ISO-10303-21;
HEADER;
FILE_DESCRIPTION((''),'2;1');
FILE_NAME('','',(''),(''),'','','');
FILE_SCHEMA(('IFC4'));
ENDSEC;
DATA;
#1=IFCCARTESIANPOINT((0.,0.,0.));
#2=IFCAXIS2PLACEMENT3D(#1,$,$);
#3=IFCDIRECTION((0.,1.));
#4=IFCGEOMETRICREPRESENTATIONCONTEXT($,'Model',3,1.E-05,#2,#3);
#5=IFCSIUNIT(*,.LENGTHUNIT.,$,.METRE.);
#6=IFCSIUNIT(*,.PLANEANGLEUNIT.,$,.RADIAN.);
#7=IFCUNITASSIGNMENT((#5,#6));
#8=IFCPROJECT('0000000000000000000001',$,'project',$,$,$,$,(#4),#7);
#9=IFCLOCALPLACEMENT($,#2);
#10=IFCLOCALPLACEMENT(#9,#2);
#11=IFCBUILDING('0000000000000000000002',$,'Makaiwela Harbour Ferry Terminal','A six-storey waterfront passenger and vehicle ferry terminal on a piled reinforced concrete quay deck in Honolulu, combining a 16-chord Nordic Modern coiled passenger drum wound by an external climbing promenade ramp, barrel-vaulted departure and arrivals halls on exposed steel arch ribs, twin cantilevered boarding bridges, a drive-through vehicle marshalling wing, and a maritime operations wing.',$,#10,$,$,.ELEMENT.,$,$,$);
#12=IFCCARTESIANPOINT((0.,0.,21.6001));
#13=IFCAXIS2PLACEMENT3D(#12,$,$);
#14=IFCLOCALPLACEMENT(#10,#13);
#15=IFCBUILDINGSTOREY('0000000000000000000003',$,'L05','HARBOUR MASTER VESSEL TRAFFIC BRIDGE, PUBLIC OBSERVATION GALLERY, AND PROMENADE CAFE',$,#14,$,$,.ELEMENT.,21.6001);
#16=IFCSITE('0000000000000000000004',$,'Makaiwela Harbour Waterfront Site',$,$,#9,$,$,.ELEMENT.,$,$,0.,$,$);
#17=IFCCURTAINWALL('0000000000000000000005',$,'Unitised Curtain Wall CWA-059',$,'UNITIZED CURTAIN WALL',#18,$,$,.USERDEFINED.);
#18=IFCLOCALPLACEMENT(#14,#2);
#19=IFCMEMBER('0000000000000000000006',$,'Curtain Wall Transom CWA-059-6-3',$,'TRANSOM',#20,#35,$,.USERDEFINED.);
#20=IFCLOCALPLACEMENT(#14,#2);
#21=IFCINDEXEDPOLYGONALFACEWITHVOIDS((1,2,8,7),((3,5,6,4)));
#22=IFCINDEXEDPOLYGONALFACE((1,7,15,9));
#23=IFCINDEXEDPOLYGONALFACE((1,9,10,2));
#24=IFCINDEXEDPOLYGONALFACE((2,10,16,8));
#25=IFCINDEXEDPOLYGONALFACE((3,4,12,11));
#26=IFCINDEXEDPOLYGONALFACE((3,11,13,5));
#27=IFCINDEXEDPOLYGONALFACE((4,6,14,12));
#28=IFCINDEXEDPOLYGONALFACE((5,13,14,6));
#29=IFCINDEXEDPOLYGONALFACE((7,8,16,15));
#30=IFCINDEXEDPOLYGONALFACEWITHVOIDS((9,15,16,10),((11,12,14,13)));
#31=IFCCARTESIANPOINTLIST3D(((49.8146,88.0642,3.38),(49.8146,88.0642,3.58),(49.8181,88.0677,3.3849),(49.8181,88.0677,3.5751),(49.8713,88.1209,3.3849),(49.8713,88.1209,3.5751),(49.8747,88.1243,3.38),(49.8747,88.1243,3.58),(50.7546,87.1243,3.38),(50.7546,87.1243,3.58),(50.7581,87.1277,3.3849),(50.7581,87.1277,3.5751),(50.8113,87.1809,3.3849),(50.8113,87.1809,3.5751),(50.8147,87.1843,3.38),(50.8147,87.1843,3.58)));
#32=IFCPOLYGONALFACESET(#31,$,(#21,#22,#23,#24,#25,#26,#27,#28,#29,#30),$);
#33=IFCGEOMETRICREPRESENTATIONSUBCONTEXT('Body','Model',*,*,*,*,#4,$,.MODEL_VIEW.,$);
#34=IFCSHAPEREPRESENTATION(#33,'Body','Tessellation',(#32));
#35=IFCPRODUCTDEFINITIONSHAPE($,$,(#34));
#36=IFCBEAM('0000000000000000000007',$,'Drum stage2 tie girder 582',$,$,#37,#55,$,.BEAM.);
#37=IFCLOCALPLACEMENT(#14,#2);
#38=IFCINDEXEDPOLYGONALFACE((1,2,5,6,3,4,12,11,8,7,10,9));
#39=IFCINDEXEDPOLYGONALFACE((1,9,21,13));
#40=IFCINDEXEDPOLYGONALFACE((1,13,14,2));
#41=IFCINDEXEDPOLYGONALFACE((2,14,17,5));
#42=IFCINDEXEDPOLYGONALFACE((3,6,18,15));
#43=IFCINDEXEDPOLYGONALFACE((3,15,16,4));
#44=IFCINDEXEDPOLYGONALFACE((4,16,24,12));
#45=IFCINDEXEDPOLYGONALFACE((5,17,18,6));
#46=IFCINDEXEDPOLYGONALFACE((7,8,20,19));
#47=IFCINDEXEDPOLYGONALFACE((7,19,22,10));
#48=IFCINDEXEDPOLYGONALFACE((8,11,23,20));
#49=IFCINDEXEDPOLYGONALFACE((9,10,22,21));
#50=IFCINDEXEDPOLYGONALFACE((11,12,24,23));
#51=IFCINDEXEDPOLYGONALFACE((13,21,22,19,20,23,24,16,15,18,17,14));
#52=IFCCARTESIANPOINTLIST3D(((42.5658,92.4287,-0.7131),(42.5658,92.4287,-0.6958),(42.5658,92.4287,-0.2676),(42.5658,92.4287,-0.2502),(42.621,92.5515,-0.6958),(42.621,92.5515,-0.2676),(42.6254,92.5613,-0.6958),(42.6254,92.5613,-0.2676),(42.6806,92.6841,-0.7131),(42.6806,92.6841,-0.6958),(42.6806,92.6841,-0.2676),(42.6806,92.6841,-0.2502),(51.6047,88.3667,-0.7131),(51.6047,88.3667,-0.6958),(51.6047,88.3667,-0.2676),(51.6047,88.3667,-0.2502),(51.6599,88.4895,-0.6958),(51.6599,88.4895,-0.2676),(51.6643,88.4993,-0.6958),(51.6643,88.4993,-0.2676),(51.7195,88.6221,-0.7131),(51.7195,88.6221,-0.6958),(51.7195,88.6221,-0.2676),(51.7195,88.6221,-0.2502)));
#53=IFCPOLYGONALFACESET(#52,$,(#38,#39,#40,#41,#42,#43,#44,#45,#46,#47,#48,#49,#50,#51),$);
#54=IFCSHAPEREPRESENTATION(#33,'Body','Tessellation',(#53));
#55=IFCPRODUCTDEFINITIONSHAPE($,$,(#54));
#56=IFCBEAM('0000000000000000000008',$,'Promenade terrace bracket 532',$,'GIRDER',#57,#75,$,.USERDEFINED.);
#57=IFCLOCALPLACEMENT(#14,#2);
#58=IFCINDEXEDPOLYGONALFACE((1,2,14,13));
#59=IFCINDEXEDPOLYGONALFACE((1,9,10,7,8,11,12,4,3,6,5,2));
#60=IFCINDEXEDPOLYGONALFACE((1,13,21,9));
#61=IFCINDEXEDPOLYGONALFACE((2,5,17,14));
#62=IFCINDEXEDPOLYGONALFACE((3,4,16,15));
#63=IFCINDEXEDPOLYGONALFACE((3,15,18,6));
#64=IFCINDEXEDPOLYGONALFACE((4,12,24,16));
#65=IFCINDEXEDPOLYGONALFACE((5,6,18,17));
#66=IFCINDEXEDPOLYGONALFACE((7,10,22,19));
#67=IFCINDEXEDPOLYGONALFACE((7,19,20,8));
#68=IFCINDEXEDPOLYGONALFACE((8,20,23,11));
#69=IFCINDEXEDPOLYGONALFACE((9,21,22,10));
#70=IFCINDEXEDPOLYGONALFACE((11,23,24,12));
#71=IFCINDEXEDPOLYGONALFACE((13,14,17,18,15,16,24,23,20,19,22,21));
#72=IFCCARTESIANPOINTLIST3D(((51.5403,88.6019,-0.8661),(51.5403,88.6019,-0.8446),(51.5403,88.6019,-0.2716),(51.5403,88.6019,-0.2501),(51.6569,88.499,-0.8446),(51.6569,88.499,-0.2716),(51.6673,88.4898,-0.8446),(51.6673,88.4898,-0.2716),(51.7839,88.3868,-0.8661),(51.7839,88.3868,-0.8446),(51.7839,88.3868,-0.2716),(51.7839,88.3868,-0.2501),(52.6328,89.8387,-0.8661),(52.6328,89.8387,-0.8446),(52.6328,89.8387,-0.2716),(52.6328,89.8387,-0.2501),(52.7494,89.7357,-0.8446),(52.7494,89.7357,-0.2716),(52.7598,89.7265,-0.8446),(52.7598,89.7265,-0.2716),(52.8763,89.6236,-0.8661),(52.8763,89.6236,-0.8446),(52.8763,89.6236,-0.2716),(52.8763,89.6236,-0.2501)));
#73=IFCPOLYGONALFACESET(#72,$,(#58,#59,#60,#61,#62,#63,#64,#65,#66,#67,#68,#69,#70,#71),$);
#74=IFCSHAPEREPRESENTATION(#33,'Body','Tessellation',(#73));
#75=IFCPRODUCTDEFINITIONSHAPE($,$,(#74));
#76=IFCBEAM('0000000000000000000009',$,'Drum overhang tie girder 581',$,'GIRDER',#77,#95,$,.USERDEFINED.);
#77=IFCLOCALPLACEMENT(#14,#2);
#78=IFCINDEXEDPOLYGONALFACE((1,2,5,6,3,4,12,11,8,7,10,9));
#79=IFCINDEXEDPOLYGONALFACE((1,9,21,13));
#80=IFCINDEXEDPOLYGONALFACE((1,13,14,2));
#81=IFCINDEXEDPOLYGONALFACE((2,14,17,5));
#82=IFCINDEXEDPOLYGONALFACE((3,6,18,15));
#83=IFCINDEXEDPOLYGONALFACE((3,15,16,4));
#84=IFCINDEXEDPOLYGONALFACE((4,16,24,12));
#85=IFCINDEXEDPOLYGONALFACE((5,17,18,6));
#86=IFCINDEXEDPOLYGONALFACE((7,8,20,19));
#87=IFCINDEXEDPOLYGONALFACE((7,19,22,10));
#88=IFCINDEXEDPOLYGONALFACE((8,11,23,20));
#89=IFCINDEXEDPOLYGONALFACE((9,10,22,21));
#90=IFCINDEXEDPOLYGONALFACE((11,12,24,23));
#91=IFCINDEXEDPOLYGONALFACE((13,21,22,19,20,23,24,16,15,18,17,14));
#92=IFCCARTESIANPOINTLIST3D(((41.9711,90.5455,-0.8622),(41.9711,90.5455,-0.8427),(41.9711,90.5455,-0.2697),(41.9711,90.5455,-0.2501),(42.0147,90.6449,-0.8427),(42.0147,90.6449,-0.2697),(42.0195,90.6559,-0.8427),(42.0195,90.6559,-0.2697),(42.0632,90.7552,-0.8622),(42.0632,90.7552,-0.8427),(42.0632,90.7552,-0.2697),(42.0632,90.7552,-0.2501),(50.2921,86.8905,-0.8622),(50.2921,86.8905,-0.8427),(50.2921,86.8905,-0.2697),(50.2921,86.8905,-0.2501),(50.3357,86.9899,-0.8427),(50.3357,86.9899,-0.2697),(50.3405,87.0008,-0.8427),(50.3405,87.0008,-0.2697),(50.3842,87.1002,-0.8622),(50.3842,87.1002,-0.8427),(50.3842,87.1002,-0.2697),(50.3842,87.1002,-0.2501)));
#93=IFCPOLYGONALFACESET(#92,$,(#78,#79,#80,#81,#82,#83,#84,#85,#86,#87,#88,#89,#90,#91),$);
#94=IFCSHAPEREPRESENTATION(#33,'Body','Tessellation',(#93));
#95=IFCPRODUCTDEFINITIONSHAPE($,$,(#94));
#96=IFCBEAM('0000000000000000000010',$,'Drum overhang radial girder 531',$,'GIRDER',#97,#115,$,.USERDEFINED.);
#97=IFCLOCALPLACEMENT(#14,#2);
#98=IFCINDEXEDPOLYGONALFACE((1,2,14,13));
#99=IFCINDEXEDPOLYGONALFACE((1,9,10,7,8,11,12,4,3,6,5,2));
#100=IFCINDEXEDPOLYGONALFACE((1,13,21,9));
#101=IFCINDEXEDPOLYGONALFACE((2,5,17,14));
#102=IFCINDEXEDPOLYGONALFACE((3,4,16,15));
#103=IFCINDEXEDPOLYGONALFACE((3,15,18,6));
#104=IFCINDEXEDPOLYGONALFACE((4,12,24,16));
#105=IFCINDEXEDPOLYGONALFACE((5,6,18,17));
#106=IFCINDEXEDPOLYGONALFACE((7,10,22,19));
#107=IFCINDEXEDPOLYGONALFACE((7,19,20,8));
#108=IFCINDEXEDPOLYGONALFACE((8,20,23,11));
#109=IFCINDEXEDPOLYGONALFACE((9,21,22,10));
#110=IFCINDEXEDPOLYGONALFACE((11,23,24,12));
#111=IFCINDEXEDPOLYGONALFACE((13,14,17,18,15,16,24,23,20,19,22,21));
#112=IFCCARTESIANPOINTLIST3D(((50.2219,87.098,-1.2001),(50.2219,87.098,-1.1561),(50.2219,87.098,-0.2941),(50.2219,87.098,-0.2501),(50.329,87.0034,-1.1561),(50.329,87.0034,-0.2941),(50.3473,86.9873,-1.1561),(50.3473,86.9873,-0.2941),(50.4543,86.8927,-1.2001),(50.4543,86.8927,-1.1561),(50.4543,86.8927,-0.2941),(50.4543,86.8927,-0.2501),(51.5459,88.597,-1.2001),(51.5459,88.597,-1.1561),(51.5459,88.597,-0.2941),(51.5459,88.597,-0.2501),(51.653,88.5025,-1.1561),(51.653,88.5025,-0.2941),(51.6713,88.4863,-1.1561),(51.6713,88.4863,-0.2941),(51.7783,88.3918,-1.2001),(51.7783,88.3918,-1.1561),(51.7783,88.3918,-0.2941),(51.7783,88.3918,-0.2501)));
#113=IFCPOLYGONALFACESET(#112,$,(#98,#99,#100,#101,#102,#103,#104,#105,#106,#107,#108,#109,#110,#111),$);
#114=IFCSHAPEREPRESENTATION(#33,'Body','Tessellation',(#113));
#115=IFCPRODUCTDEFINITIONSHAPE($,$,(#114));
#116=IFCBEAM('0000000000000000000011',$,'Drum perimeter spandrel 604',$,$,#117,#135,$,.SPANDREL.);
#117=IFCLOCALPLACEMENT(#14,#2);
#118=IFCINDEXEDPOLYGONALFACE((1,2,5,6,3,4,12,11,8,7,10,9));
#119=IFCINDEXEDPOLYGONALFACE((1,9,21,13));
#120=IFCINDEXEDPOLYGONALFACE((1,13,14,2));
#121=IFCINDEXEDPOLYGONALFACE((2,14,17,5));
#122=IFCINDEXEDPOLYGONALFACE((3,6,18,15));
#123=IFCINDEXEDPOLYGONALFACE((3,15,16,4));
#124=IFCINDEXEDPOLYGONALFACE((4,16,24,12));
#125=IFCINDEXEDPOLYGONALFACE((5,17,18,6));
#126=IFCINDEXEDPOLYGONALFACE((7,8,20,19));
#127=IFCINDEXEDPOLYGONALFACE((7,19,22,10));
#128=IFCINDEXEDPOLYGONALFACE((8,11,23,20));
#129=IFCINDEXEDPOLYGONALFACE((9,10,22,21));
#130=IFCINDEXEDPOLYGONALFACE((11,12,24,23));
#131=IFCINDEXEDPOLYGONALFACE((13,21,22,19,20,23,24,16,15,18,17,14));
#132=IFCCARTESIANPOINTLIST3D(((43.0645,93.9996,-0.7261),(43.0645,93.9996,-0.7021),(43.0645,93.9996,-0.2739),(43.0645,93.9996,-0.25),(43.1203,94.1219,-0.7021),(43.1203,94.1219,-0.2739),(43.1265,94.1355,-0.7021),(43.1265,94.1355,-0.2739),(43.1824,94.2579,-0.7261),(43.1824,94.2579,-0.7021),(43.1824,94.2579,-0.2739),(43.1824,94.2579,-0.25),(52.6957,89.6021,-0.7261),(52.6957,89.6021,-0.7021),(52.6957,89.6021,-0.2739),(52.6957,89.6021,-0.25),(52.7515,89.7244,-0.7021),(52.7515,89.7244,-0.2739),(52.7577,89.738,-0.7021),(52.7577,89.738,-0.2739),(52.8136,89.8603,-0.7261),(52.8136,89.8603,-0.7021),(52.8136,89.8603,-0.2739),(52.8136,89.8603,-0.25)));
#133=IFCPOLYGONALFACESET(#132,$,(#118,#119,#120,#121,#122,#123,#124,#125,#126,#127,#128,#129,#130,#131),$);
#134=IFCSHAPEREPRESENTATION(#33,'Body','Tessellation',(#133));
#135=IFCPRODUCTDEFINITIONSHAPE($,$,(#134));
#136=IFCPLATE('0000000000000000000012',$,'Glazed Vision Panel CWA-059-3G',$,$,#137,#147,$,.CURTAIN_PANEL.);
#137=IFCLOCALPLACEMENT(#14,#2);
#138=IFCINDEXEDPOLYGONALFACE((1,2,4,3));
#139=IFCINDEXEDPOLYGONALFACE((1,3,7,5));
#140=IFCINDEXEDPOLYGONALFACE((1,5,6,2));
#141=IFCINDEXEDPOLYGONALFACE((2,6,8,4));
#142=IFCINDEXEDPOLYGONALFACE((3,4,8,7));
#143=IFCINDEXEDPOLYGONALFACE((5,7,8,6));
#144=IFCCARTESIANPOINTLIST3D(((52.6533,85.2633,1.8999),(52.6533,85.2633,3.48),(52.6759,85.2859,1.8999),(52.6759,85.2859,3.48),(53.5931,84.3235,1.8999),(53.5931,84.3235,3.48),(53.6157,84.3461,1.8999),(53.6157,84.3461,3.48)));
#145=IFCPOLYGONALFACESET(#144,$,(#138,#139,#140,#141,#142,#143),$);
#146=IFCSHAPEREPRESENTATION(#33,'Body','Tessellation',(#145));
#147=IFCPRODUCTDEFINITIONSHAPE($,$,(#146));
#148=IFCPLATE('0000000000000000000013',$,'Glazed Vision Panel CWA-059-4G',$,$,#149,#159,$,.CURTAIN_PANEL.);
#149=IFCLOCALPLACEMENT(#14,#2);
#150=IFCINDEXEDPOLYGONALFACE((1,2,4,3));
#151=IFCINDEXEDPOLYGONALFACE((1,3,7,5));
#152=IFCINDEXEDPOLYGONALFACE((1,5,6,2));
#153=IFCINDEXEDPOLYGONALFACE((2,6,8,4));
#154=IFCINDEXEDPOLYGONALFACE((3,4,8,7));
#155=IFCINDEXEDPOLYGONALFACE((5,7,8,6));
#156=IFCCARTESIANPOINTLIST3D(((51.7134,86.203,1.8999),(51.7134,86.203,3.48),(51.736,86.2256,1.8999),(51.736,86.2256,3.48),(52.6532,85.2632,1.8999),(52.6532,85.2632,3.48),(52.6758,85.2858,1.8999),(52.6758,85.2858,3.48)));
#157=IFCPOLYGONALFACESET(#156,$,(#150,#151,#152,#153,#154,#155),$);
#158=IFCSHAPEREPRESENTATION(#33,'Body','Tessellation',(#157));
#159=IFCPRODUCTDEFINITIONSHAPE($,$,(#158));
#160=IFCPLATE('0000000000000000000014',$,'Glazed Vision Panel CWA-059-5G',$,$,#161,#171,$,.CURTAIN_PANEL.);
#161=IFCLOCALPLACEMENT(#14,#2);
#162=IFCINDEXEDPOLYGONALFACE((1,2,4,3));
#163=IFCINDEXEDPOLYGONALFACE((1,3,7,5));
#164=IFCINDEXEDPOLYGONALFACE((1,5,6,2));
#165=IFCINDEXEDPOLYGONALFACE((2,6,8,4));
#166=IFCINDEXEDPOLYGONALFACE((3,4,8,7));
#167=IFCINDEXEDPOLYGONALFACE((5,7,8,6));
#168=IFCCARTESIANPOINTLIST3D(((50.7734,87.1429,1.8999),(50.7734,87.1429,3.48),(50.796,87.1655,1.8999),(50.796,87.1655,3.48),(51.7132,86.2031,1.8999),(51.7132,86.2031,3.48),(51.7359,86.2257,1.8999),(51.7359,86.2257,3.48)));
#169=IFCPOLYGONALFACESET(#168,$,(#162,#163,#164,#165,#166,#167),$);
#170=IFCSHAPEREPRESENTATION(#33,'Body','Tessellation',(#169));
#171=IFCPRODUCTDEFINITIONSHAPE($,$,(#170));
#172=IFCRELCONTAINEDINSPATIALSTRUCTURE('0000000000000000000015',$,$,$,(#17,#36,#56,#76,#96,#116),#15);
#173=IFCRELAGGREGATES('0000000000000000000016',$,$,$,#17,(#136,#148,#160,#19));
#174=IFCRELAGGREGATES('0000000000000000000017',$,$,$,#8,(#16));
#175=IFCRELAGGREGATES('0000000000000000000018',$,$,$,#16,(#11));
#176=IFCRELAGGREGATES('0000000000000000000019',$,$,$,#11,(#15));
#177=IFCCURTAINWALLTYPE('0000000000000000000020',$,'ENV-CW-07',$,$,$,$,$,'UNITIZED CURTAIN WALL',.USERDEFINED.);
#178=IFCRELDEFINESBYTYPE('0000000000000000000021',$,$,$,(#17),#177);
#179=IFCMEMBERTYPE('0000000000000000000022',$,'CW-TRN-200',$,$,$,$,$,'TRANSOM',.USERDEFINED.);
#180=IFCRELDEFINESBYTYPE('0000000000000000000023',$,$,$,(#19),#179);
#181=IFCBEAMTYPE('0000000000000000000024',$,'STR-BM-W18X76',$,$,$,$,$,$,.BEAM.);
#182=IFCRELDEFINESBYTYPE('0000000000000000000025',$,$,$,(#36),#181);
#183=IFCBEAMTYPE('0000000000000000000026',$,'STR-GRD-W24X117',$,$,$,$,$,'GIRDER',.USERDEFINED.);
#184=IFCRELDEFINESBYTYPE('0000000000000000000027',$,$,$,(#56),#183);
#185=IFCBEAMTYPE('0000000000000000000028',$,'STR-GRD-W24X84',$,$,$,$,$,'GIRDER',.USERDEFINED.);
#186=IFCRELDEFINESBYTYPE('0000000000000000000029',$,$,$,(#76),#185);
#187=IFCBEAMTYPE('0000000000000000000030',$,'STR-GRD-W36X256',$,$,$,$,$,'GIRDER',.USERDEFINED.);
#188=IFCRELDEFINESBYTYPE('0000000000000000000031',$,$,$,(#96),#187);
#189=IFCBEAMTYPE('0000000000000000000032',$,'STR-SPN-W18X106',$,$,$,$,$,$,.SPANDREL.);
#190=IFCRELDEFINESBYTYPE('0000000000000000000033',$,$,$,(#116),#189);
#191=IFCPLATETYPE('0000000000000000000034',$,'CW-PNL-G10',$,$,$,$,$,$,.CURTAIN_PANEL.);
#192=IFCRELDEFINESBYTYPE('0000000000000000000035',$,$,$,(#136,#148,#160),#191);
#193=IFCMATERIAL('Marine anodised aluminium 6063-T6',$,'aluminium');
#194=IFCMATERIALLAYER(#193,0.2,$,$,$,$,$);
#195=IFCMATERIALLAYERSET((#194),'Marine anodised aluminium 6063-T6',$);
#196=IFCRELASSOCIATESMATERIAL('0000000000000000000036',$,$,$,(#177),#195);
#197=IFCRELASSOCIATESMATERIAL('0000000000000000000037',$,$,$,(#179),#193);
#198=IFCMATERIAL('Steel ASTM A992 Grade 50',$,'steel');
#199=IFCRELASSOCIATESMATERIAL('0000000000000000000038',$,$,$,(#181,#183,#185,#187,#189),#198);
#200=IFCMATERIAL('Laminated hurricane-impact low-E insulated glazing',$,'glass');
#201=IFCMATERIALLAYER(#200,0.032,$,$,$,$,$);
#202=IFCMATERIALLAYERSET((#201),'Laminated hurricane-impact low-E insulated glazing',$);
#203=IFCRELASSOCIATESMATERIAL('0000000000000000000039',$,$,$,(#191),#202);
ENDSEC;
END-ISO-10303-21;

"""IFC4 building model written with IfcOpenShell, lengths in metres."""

from ifc_helpers import new_model, si_unit, direction, frame, origin, origin_2d, place, context, subcontext, project, spatial, rectangle, hollow_rectangle, i_section, extrude, material, layer, layer_set, material_profile, profile_set, type_object, element, aggregate, save


model = new_model("IFC4")

# Units and contexts
model_context = context("Model", 3, precision=1e-05, world=origin(), true_north=direction((0.0, 1.0)))
body_context = subcontext(model_context, "Body", "Model", "MODEL_VIEW")
ifc_project = project(units=[si_unit("LENGTHUNIT", "METRE"), si_unit("PLANEANGLEUNIT", "RADIAN")], contexts=[model_context])

# Site, building, storey
site_placement = place(None, origin())
site = spatial("IfcSite", under=ifc_project, at=site_placement, Name="Makaiwela Harbour Waterfront Site", CompositionType="ELEMENT", RefElevation=0.0)
building_placement = place(site_placement, origin())
building = spatial("IfcBuilding", under=site, at=building_placement, Name="Makaiwela Harbour Ferry Terminal", Description="A six-storey waterfront passenger and vehicle ferry terminal on a piled reinforced concrete quay deck in Honolulu, combining a 16-chord Nordic Modern coiled passenger drum wound by an external climbing promenade ramp, barrel-vaulted departure and arrivals halls on exposed steel arch ribs, twin cantilevered boarding bridges, a drive-through vehicle marshalling wing, and a maritime operations wing.", CompositionType="ELEMENT")
storey_placement = place(building_placement, frame((0.0, 0.0, 21.6001)))
storey = spatial("IfcBuildingStorey", under=building, at=storey_placement, Name="L05", Description="HARBOUR MASTER VESSEL TRAFFIC BRIDGE, PUBLIC OBSERVATION GALLERY, AND PROMENADE CAFE", CompositionType="ELEMENT", Elevation=21.6001)

# Curtain wall, member
ifc_material_1 = material(Name="Marine anodised aluminium 6063-T6", Category="aluminium")
ifc_layer_1 = layer(ifc_material_1, 0.2)
ifc_layer_set_1 = layer_set([ifc_layer_1], Name="Marine anodised aluminium 6063-T6")
curtain_wall_type = type_object("IfcCurtainWallType", Name="ENV-CW-07", ElementType="UNITIZED CURTAIN WALL", PredefinedType="USERDEFINED", material=ifc_layer_set_1)
curtain_wall_placement = place(storey_placement, origin())
curtain_wall = element("IfcCurtainWall", 1, at=curtain_wall_placement, inside=storey, type_object=curtain_wall_type, Name="Unitised Curtain Wall CWA-059", ObjectType="UNITIZED CURTAIN WALL", PredefinedType="USERDEFINED")
ifc_material_profile_1 = material_profile(ifc_material_1, hollow_rectangle(XDim=0.085, YDim=0.2, WallThickness=0.0049, at=origin_2d()), Name="CWT-200X85")
ifc_profile_set_1 = profile_set([ifc_material_profile_1], Name="Marine anodised aluminium 6063-T6")
member_type_1 = type_object("IfcMemberType", Name="CW-TRN-200", ElementType="TRANSOM", PredefinedType="USERDEFINED", material=ifc_profile_set_1)
member_1_placement = place(storey_placement, frame((50.7847, 87.1543, 3.48), z_axis=(-0.707107, 0.707107, 0.0), x_axis=(-0.707107, -0.707107, 0.0)))
member_1 = element("IfcMember", 2, at=member_1_placement, type_object=member_type_1, Name="Curtain Wall Transom CWA-059-6-3", ObjectType="TRANSOM", PredefinedType="USERDEFINED", context=body_context, shape_type="SweptSolid", body=[
    extrude(hollow_rectangle(XDim=0.085, YDim=0.2, WallThickness=0.0049, at=origin_2d()), origin(), (0.0, 0.0, 1.0), 1.3293),
])

# Beams
ifc_material_2 = material(Name="Steel ASTM A992 Grade 50", Category="steel")
ifc_material_profile_2 = material_profile(ifc_material_2, i_section(OverallWidth=0.28, OverallDepth=0.4629, WebThickness=0.0107, FlangeThickness=0.0173, at=origin_2d()), Name="W18X76")
ifc_profile_set_2 = profile_set([ifc_material_profile_2], Name="Steel ASTM A992 Grade 50")
beam_type_1 = type_object("IfcBeamType", Name="STR-BM-W18X76", PredefinedType="BEAM", material=ifc_profile_set_2)
beam_1_placement = place(storey_placement, frame((51.6621, 88.4944, -0.4817), z_axis=(-0.912127, 0.409907, 0.0), x_axis=(-0.409907, -0.912127, 0.0)))
element("IfcBeam", 3, at=beam_1_placement, inside=storey, type_object=beam_type_1, Name="Drum stage2 tie girder 582", PredefinedType="BEAM", context=body_context, shape_type="SweptSolid", body=[
    extrude(i_section(OverallWidth=0.28, OverallDepth=0.4629, WebThickness=0.0107, FlangeThickness=0.0173, at=origin_2d()), origin(), (0.0, 0.0, 1.0), 9.9097),
])
ifc_material_profile_3 = material_profile(ifc_material_2, i_section(OverallWidth=0.325, OverallDepth=0.616, WebThickness=0.0139, FlangeThickness=0.0215, at=origin_2d()), Name="W24X117")
ifc_profile_set_3 = profile_set([ifc_material_profile_3], Name="Steel ASTM A992 Grade 50")
beam_type_2 = type_object("IfcBeamType", Name="STR-GRD-W24X117", ElementType="GIRDER", PredefinedType="USERDEFINED", material=ifc_profile_set_3)
beam_2_placement = place(storey_placement, frame((51.6621, 88.4944, -0.5581), z_axis=(0.662037, 0.749471, 0.0), x_axis=(-0.749471, 0.662037, 0.0)))
element("IfcBeam", 4, at=beam_2_placement, inside=storey, type_object=beam_type_2, Name="Promenade terrace bracket 532", ObjectType="GIRDER", PredefinedType="USERDEFINED", context=body_context, shape_type="SweptSolid", body=[
    extrude(i_section(OverallWidth=0.325, OverallDepth=0.616, WebThickness=0.0139, FlangeThickness=0.0215, at=origin_2d()), origin(), (0.0, 0.0, 1.0), 1.6501),
])
ifc_material_profile_4 = material_profile(ifc_material_2, i_section(OverallWidth=0.229, OverallDepth=0.6121, WebThickness=0.012, FlangeThickness=0.0195, at=origin_2d()), Name="W24X84")
ifc_profile_set_4 = profile_set([ifc_material_profile_4], Name="Steel ASTM A992 Grade 50")
beam_type_3 = type_object("IfcBeamType", Name="STR-GRD-W24X84", ElementType="GIRDER", PredefinedType="USERDEFINED", material=ifc_profile_set_4)
beam_3_placement = place(storey_placement, frame((50.3381, 86.9954, -0.5562), z_axis=(-0.915568, 0.402164, 0.0), x_axis=(-0.402164, -0.915568, 0.0)))
element("IfcBeam", 5, at=beam_3_placement, inside=storey, type_object=beam_type_3, Name="Drum overhang tie girder 581", ObjectType="GIRDER", PredefinedType="USERDEFINED", context=body_context, shape_type="SweptSolid", body=[
    extrude(i_section(OverallWidth=0.229, OverallDepth=0.6121, WebThickness=0.012, FlangeThickness=0.0195, at=origin_2d()), origin(), (0.0, 0.0, 1.0), 9.0884),
])
ifc_material_profile_5 = material_profile(ifc_material_2, i_section(OverallWidth=0.3101, OverallDepth=0.95, WebThickness=0.0244, FlangeThickness=0.0439, at=origin_2d()), Name="W36X256")
ifc_profile_set_5 = profile_set([ifc_material_profile_5], Name="Steel ASTM A992 Grade 50")
beam_type_4 = type_object("IfcBeamType", Name="STR-GRD-W36X256", ElementType="GIRDER", PredefinedType="USERDEFINED", material=ifc_profile_set_5)
beam_4_placement = place(storey_placement, frame((50.3381, 86.9954, -0.7251), z_axis=(0.661989, 0.749514, 0.0), x_axis=(-0.749514, 0.661989, 0.0)))
element("IfcBeam", 6, at=beam_4_placement, inside=storey, type_object=beam_type_4, Name="Drum overhang radial girder 531", ObjectType="GIRDER", PredefinedType="USERDEFINED", context=body_context, shape_type="SweptSolid", body=[
    extrude(i_section(OverallWidth=0.3101, OverallDepth=0.95, WebThickness=0.0244, FlangeThickness=0.0439, at=origin_2d()), origin(), (0.0, 0.0, 1.0), 2.0),
])
ifc_material_profile_6 = material_profile(ifc_material_2, i_section(OverallWidth=0.2839, OverallDepth=0.4761, WebThickness=0.0149, FlangeThickness=0.0239, at=origin_2d()), Name="W18X106")
ifc_profile_set_6 = profile_set([ifc_material_profile_6], Name="Steel ASTM A992 Grade 50")
beam_type_5 = type_object("IfcBeamType", Name="STR-SPN-W18X106", PredefinedType="SPANDREL", material=ifc_profile_set_6)
beam_5_placement = place(storey_placement, frame((52.7546, 89.7312, -0.488), z_axis=(-0.909665, 0.415343, 0.0), x_axis=(-0.415343, -0.909665, 0.0)))
element("IfcBeam", 7, at=beam_5_placement, inside=storey, type_object=beam_type_5, Name="Drum perimeter spandrel 604", PredefinedType="SPANDREL", context=body_context, shape_type="SweptSolid", body=[
    extrude(i_section(OverallWidth=0.2839, OverallDepth=0.4761, WebThickness=0.0149, FlangeThickness=0.0239, at=origin_2d()), origin(), (0.0, 0.0, 1.0), 10.5876),
])

# Plates
ifc_material_3 = material(Name="Laminated hurricane-impact low-E insulated glazing", Category="glass")
ifc_layer_2 = layer(ifc_material_3, 0.032)
ifc_layer_set_2 = layer_set([ifc_layer_2], Name="Laminated hurricane-impact low-E insulated glazing")
plate_type_1 = type_object("IfcPlateType", Name="CW-PNL-G10", PredefinedType="CURTAIN_PANEL", material=ifc_layer_set_2)
plate_1_placement = place(storey_placement, frame((53.1345, 84.8047, 1.8999), z_axis=(0.0, 0.0, 1.0), x_axis=(-0.707107, 0.707107, 0.0)))
plate_1 = element("IfcPlate", 8, at=plate_1_placement, type_object=plate_type_1, Name="Glazed Vision Panel CWA-059-3G", PredefinedType="CURTAIN_PANEL", context=body_context, shape_type="SweptSolid", body=[
    extrude(rectangle(XDim=1.3291, YDim=0.032, at=origin_2d()), origin(), (0.0, 0.0, 1.0), 1.5801),
])
plate_2_placement = place(storey_placement, frame((52.1946, 85.7444, 1.8999), z_axis=(0.0, 0.0, 1.0), x_axis=(-0.707107, 0.707107, 0.0)))
plate_2 = element("IfcPlate", 9, at=plate_2_placement, type_object=plate_type_1, Name="Glazed Vision Panel CWA-059-4G", PredefinedType="CURTAIN_PANEL", context=body_context, shape_type="SweptSolid", body=[
    extrude(rectangle(XDim=1.3291, YDim=0.032, at=origin_2d()), origin(), (0.0, 0.0, 1.0), 1.5801),
])
plate_3_placement = place(storey_placement, frame((51.2546, 86.6843, 1.8999), z_axis=(0.0, 0.0, 1.0), x_axis=(-0.707107, 0.707107, 0.0)))
plate_3 = element("IfcPlate", 10, at=plate_3_placement, type_object=plate_type_1, Name="Glazed Vision Panel CWA-059-5G", PredefinedType="CURTAIN_PANEL", context=body_context, shape_type="SweptSolid", body=[
    extrude(rectangle(XDim=1.3291, YDim=0.032, at=origin_2d()), origin(), (0.0, 0.0, 1.0), 1.5801),
])
aggregate(curtain_wall, [plate_1, plate_2, plate_3, member_1])

save(model, "model.ifc")
